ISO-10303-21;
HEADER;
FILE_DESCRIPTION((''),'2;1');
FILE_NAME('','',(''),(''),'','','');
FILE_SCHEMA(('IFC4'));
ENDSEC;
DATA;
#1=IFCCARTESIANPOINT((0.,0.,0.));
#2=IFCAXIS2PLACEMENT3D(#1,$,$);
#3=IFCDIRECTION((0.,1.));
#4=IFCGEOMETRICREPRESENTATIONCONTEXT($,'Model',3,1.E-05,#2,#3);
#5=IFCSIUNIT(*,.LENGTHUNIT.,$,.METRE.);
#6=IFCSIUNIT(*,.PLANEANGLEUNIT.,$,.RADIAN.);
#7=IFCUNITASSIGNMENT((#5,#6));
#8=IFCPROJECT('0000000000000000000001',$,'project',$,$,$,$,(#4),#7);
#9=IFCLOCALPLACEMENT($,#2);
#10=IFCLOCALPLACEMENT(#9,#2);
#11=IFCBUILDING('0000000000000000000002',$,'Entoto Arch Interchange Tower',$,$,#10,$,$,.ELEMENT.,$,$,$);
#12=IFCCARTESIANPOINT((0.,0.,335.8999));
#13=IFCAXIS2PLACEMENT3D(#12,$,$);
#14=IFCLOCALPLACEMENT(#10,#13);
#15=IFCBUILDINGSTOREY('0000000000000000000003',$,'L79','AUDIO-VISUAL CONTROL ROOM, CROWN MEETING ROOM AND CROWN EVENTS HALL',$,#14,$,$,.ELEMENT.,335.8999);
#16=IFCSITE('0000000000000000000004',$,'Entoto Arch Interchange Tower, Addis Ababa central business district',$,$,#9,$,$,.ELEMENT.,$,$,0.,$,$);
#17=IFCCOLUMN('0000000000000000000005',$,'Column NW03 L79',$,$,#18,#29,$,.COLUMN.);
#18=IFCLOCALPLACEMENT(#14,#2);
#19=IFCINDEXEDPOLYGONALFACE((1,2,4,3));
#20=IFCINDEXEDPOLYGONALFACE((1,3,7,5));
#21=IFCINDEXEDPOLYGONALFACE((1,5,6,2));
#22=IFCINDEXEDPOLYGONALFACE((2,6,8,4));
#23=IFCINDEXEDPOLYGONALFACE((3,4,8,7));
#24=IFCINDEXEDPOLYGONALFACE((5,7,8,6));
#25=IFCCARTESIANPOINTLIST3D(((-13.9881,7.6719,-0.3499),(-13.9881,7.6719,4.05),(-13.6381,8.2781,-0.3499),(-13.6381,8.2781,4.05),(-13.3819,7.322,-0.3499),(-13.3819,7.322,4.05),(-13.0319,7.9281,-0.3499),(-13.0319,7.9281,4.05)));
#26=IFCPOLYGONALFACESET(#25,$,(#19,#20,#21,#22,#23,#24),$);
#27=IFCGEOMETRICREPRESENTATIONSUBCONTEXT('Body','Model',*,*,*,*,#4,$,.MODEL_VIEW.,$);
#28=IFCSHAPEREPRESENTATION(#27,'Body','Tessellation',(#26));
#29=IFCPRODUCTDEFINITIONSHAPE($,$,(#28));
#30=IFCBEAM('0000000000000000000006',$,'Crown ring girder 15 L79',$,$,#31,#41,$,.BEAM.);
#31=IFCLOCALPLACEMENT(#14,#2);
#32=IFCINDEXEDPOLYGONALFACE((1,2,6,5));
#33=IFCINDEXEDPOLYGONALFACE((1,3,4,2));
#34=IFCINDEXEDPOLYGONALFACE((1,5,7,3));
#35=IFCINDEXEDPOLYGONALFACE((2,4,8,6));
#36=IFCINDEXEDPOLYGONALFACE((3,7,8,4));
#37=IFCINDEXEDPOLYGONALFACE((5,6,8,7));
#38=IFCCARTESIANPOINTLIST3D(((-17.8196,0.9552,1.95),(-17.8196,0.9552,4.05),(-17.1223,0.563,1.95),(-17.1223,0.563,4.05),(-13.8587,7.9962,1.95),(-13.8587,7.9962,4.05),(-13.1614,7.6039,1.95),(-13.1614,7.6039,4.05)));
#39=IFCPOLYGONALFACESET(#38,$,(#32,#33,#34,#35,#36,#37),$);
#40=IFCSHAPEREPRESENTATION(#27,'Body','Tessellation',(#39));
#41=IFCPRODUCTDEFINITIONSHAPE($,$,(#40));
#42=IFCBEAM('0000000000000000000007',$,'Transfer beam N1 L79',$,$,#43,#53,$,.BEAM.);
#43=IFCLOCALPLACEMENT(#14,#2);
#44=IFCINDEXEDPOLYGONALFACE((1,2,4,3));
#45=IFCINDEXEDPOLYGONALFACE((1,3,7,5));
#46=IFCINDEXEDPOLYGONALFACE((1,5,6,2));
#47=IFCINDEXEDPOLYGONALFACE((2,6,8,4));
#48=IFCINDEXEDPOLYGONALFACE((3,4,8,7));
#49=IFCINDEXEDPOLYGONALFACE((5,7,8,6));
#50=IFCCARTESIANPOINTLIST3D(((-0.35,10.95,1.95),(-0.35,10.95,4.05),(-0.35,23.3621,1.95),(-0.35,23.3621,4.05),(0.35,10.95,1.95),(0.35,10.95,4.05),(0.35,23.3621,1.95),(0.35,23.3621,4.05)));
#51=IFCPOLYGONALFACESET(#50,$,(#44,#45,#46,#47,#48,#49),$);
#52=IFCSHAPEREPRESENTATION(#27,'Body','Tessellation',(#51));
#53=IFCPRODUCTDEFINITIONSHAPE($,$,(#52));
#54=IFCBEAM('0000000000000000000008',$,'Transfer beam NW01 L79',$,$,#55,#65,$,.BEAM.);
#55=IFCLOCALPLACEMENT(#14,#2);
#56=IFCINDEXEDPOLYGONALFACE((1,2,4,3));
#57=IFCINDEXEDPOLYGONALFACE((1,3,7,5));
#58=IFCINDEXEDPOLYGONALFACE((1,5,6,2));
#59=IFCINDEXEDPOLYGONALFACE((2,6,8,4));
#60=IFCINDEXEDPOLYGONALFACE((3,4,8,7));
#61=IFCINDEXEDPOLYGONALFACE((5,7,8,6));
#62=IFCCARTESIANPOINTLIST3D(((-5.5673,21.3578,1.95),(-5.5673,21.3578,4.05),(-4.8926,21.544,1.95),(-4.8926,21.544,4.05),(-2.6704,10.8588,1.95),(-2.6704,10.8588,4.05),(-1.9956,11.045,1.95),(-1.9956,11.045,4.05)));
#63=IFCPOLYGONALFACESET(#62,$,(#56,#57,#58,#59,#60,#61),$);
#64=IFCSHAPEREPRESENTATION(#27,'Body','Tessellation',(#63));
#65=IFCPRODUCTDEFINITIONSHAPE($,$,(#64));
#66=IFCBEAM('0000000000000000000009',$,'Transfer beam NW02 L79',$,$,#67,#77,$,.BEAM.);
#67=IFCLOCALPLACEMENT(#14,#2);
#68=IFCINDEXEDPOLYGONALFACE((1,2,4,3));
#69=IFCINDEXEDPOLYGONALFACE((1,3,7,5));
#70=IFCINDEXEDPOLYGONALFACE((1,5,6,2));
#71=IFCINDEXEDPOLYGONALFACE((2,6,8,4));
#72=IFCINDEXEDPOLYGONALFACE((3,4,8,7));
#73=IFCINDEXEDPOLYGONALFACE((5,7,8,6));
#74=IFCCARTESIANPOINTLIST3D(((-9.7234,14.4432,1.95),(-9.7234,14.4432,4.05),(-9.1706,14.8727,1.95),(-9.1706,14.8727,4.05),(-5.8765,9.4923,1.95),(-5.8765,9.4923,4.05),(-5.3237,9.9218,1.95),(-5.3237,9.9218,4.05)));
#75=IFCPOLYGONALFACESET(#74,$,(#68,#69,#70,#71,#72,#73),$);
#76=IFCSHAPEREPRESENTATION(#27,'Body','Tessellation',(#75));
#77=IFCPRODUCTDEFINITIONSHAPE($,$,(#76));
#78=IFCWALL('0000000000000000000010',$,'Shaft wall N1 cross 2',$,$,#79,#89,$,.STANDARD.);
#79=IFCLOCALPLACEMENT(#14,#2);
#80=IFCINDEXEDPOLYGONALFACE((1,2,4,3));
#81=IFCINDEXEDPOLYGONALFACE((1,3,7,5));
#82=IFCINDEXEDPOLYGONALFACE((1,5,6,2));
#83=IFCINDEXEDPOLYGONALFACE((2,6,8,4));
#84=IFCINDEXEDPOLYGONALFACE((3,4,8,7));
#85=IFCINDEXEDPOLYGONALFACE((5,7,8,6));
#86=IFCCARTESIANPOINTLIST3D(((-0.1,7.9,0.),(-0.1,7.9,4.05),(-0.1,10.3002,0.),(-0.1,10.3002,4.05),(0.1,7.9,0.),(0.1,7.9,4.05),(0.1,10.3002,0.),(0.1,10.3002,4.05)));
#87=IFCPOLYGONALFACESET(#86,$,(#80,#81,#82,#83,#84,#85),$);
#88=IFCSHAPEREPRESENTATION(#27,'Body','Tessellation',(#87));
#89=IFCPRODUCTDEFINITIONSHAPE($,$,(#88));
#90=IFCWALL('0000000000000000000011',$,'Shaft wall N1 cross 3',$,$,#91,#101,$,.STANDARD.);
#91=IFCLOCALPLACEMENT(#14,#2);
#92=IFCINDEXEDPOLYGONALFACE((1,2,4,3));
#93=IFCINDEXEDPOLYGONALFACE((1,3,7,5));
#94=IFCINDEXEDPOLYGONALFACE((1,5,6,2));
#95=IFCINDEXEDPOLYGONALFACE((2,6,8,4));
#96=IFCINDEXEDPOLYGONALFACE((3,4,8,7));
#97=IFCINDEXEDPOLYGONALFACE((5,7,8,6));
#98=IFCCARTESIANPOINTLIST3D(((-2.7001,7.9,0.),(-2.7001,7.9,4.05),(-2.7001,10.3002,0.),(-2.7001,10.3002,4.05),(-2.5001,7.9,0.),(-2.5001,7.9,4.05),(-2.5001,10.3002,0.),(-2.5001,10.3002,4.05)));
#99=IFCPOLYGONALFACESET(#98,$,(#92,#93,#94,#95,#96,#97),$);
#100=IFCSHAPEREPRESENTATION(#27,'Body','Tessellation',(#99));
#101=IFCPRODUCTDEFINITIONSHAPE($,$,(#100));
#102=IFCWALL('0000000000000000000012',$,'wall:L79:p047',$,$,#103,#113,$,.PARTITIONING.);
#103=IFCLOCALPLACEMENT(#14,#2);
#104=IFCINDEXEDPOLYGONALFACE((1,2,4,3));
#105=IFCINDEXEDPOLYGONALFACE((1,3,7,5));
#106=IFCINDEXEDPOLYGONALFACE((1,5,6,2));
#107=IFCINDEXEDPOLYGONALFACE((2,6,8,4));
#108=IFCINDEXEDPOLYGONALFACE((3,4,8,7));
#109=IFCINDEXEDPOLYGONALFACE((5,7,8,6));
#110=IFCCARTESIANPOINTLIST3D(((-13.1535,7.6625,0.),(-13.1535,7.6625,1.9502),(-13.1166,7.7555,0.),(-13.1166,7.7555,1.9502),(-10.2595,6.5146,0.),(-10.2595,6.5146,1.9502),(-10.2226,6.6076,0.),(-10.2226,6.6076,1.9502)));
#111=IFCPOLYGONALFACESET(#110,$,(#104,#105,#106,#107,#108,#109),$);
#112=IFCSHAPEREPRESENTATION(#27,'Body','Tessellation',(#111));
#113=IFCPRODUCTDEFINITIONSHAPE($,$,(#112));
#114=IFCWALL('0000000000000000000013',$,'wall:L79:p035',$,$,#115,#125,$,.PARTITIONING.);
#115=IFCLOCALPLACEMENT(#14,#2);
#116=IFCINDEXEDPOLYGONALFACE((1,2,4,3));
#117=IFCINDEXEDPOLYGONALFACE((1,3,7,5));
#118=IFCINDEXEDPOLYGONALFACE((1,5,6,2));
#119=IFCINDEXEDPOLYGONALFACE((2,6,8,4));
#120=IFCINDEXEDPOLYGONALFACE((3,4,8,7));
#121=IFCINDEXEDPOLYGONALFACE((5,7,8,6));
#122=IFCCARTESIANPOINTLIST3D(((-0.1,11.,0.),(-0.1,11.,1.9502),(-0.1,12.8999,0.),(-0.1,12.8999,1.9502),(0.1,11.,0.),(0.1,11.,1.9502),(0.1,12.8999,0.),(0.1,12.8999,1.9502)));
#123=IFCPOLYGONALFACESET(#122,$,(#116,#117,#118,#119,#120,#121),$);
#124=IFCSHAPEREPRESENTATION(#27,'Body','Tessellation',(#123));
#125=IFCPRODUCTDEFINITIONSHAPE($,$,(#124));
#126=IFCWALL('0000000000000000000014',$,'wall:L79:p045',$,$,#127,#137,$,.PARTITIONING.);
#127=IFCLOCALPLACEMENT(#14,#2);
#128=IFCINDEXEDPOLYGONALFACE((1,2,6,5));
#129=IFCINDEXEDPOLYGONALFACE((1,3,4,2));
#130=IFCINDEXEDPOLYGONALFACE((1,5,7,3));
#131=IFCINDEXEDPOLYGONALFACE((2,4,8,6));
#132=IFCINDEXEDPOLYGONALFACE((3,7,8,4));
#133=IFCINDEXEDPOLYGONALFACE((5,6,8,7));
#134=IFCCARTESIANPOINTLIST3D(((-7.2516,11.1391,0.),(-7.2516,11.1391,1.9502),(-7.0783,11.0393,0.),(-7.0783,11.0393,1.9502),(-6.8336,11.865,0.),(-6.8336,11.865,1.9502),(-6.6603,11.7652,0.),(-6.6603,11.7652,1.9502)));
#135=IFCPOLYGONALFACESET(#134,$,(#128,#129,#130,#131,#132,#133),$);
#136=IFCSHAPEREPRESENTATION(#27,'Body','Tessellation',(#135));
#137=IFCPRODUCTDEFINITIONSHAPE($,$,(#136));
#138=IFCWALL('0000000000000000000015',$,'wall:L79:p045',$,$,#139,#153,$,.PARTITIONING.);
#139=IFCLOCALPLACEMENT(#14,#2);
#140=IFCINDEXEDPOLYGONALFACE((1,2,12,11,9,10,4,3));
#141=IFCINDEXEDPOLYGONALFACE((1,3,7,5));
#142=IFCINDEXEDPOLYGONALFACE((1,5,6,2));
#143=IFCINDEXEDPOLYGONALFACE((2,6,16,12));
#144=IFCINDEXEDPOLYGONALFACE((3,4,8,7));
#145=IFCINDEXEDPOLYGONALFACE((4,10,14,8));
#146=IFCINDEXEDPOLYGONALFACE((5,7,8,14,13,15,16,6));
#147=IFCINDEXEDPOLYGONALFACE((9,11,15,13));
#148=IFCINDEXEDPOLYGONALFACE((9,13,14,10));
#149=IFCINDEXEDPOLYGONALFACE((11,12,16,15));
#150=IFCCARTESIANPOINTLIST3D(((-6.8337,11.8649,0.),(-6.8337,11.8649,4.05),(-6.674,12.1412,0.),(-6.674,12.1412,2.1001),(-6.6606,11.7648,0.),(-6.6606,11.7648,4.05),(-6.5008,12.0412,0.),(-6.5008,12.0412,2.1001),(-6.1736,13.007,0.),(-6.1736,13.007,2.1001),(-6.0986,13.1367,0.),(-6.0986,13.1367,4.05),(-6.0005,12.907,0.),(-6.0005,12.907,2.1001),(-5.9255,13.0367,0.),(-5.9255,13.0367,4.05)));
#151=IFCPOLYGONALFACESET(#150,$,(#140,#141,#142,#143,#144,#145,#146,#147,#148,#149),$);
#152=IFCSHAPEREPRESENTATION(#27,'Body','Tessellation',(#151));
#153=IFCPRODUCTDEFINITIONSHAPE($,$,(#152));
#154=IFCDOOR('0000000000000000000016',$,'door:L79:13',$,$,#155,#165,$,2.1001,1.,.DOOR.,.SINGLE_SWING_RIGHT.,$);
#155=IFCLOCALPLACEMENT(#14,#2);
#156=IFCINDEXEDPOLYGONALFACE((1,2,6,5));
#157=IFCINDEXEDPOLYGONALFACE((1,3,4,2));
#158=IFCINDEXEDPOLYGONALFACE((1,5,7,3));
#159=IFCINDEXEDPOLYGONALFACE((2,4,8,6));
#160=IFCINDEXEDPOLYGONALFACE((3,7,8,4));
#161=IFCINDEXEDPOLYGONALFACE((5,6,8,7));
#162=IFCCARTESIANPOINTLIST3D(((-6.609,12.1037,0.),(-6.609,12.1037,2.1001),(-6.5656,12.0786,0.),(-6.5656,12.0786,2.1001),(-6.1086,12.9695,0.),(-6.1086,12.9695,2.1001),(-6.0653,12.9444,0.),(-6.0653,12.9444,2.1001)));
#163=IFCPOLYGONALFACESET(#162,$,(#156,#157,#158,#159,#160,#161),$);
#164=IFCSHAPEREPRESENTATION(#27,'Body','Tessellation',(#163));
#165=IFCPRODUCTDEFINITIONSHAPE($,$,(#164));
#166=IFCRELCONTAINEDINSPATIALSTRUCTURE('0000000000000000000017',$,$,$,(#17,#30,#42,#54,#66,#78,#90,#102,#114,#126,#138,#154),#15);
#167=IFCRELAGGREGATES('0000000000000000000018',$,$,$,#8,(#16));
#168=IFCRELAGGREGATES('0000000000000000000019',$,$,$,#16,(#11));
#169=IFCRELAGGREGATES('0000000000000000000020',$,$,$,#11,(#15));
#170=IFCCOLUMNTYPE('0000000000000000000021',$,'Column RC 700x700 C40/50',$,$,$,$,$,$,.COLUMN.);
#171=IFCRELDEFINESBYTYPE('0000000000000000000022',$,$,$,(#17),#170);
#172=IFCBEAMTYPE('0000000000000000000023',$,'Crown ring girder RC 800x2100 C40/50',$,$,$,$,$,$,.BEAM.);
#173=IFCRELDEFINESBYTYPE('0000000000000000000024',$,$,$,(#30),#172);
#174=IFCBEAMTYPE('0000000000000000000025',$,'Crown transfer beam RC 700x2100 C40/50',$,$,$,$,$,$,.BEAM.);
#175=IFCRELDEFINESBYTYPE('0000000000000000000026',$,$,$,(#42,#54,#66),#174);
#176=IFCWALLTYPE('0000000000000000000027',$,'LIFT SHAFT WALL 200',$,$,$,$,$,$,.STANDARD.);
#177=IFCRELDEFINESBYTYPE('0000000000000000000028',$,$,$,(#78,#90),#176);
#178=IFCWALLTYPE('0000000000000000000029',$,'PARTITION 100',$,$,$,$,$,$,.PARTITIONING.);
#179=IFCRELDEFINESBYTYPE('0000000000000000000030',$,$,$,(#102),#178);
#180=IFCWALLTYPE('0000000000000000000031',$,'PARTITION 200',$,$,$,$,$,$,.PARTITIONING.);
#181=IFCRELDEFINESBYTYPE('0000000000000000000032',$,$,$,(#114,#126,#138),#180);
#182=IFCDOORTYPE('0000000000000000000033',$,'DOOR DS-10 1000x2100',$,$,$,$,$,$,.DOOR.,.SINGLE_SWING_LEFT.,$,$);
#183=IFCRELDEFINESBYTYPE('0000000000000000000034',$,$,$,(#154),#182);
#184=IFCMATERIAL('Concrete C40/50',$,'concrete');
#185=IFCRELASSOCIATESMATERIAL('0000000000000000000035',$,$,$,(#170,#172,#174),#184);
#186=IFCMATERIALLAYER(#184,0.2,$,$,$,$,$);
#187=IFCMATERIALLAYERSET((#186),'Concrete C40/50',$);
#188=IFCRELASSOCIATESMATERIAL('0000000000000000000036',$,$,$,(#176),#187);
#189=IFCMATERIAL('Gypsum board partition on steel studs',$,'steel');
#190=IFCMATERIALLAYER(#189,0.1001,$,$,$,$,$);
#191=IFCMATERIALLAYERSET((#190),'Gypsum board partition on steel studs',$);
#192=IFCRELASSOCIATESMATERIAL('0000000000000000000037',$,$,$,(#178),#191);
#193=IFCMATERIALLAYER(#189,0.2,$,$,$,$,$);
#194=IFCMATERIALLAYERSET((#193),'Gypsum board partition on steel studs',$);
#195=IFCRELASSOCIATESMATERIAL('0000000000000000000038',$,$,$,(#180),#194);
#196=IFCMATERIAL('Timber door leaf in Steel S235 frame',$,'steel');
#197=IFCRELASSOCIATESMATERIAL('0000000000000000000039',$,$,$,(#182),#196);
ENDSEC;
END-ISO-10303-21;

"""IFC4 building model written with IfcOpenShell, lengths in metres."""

from ifc_helpers import new_model, si_unit, direction, frame, frame_2d, origin, origin_2d, place, context, subcontext, project, spatial, rectangle, extrude, material, layer, layer_set, material_profile, profile_set, type_object, element, fill, save


model = new_model("IFC4")

# Units and contexts
model_context = context("Model", 3, precision=1e-05, world=origin(), true_north=direction((0.0, 1.0)))
body_context = subcontext(model_context, "Body", "Model", "MODEL_VIEW")
ifc_project = project(units=[si_unit("LENGTHUNIT", "METRE"), si_unit("PLANEANGLEUNIT", "RADIAN")], contexts=[model_context])

# Site, building, storey
site_placement = place(None, origin())
site = spatial("IfcSite", under=ifc_project, at=site_placement, Name="Entoto Arch Interchange Tower, Addis Ababa central business district", CompositionType="ELEMENT", RefElevation=0.0)
building_placement = place(site_placement, origin())
building = spatial("IfcBuilding", under=site, at=building_placement, Name="Entoto Arch Interchange Tower", CompositionType="ELEMENT")
storey_placement = place(building_placement, frame((0.0, 0.0, 335.8999)))
storey = spatial("IfcBuildingStorey", under=building, at=storey_placement, Name="L79", Description="AUDIO-VISUAL CONTROL ROOM, CROWN MEETING ROOM AND CROWN EVENTS HALL", CompositionType="ELEMENT", Elevation=335.8999)

# Column
ifc_material_1 = material(Name="Concrete C40/50", Category="concrete")
ifc_material_profile_1 = material_profile(ifc_material_1, rectangle(XDim=0.7, YDim=0.7, at=origin_2d()))
ifc_profile_set_1 = profile_set([ifc_material_profile_1], Name="Concrete C40/50")
column_type = type_object("IfcColumnType", Name="Column RC 700x700 C40/50", PredefinedType="COLUMN", material=ifc_profile_set_1)
column_placement = place(storey_placement, frame((-13.51, 7.8, -0.3499), z_axis=(0.0, 0.0, 1.0), x_axis=(0.5, 0.866025, 0.0)))
element("IfcColumn", 1, at=column_placement, inside=storey, type_object=column_type, Name="Column NW03 L79", PredefinedType="COLUMN", context=body_context, shape_type="SweptSolid", body=[
    extrude(rectangle(XDim=0.7, YDim=0.7, at=origin_2d()), origin(), (0.0, 0.0, 1.0), 4.3999),
])

# Beams
ifc_material_profile_2 = material_profile(ifc_material_1, rectangle(XDim=0.8, YDim=2.1001, at=origin_2d()))
ifc_profile_set_2 = profile_set([ifc_material_profile_2], Name="Concrete C40/50")
beam_type_1 = type_object("IfcBeamType", Name="Crown ring girder RC 800x2100 C40/50", PredefinedType="BEAM", material=ifc_profile_set_2)
beam_1_placement = place(storey_placement, frame((-13.51, 7.8, 3.0), z_axis=(-0.490296, -0.871556, 0.0), x_axis=(0.871556, -0.490296, 0.0)))
element("IfcBeam", 2, at=beam_1_placement, inside=storey, type_object=beam_type_1, Name="Crown ring girder 15 L79", PredefinedType="BEAM", context=body_context, shape_type="SweptSolid", body=[
    extrude(rectangle(XDim=0.8, YDim=2.1001, at=origin_2d()), origin(), (0.0, 0.0, 1.0), 8.0786),
])
ifc_material_profile_3 = material_profile(ifc_material_1, rectangle(XDim=0.7, YDim=2.1001, at=origin_2d()))
ifc_profile_set_3 = profile_set([ifc_material_profile_3], Name="Concrete C40/50")
beam_type_2 = type_object("IfcBeamType", Name="Crown transfer beam RC 700x2100 C40/50", PredefinedType="BEAM", material=ifc_profile_set_3)
beam_2_placement = place(storey_placement, frame((0.0, 10.95, 3.0), z_axis=(0.0, 1.0, 0.0), x_axis=(-1.0, 0.0, 0.0)))
element("IfcBeam", 3, at=beam_2_placement, inside=storey, type_object=beam_type_2, Name="Transfer beam N1 L79", PredefinedType="BEAM", context=body_context, shape_type="SweptSolid", body=[
    extrude(rectangle(XDim=0.7, YDim=2.1001, at=origin_2d()), origin(), (0.0, 0.0, 1.0), 12.4121),
])
beam_3_placement = place(storey_placement, frame((-2.333, 10.9519, 3.0), z_axis=(-0.265988, 0.963976, 0.0), x_axis=(-0.963976, -0.265988, 0.0)))
element("IfcBeam", 4, at=beam_3_placement, inside=storey, type_object=beam_type_2, Name="Transfer beam NW01 L79", PredefinedType="BEAM", context=body_context, shape_type="SweptSolid", body=[
    extrude(rectangle(XDim=0.7, YDim=2.1001, at=origin_2d()), origin(), (0.0, 0.0, 1.0), 10.8914),
])
beam_4_placement = place(storey_placement, frame((-5.6001, 9.707, 3.0), z_axis=(-0.613563, 0.789646, 0.0), x_axis=(-0.789646, -0.613563, 0.0)))
element("IfcBeam", 5, at=beam_4_placement, inside=storey, type_object=beam_type_2, Name="Transfer beam NW02 L79", PredefinedType="BEAM", context=body_context, shape_type="SweptSolid", body=[
    extrude(rectangle(XDim=0.7, YDim=2.1001, at=origin_2d()), origin(), (0.0, 0.0, 1.0), 6.2698),
])

# Walls
ifc_layer_1 = layer(ifc_material_1, 0.2)
ifc_layer_set_1 = layer_set([ifc_layer_1], Name="Concrete C40/50")
wall_type_1 = type_object("IfcWallType", Name="LIFT SHAFT WALL 200", PredefinedType="STANDARD", material=ifc_layer_set_1)
for number, where, z_axis, x_axis, name in (
    (6, (0.0, 7.8999, 0.0), (0.0, 0.0, 1.0), (0.0, 1.0, 0.0), "Shaft wall N1 cross 2"),
    (7, (-2.6001, 7.8999, 0.0), (0.0, 0.0, 1.0), (0.0, 1.0, 0.0), "Shaft wall N1 cross 3"),
):
    element("IfcWall", number, at=place(storey_placement, frame(where, z_axis=z_axis, x_axis=x_axis)), inside=storey, type_object=wall_type_1, Name=name, PredefinedType="STANDARD", context=body_context, shape_type="SweptSolid", body=[
        extrude(rectangle(XDim=2.4001, YDim=0.2, at=frame_2d((1.2002, 0.0))), origin(), (0.0, 0.0, 1.0), 4.05),
    ])
ifc_material_2 = material(Name="Gypsum board partition on steel studs", Category="steel")
ifc_layer_2 = layer(ifc_material_2, 0.1001)
ifc_layer_set_2 = layer_set([ifc_layer_2], Name="Gypsum board partition on steel studs")
wall_type_2 = type_object("IfcWallType", Name="PARTITION 100", PredefinedType="PARTITIONING", material=ifc_layer_set_2)
wall_1_placement = place(storey_placement, frame((-13.135, 7.709, 0.0), z_axis=(0.0, 0.0, 1.0), x_axis=(0.929544, -0.368712, 0.0)))
element("IfcWall", 8, at=wall_1_placement, inside=storey, type_object=wall_type_2, Name="wall:L79:p047", PredefinedType="PARTITIONING", context=body_context, shape_type="SweptSolid", body=[
    extrude(rectangle(XDim=3.1133, YDim=0.1001, at=frame_2d((1.5566, 0.0))), origin(), (0.0, 0.0, 1.0), 1.9502),
])
ifc_layer_3 = layer(ifc_material_2, 0.2)
ifc_layer_set_3 = layer_set([ifc_layer_3], Name="Gypsum board partition on steel studs")
wall_type_3 = type_object("IfcWallType", Name="PARTITION 200", PredefinedType="PARTITIONING", material=ifc_layer_set_3)
wall_2_placement = place(storey_placement, frame((0.0, 11.0, 0.0), z_axis=(0.0, 0.0, 1.0), x_axis=(0.0, 1.0, 0.0)))
element("IfcWall", 9, at=wall_2_placement, inside=storey, type_object=wall_type_3, Name="wall:L79:p035", PredefinedType="PARTITIONING", context=body_context, shape_type="SweptSolid", body=[
    extrude(rectangle(XDim=1.8999, YDim=0.2, at=frame_2d((0.95, 0.0))), origin(), (0.0, 0.0, 1.0), 1.9502),
])
wall_3_placement = place(storey_placement, frame((-7.165, 11.0891, 0.0), z_axis=(0.0, 0.0, 1.0), x_axis=(0.499024, 0.866588, 0.0)))
element("IfcWall", 10, at=wall_3_placement, inside=storey, type_object=wall_type_3, Name="wall:L79:p045", PredefinedType="PARTITIONING", context=body_context, shape_type="SweptSolid", body=[
    extrude(rectangle(XDim=0.8376, YDim=0.2, at=frame_2d((0.4189, 0.0))), origin(), (0.0, 0.0, 1.0), 1.9502),
])

# Wall, opening, door
wall_4_placement = place(storey_placement, frame((-6.7471, 11.8149, 0.0), z_axis=(0.0, 0.0, 1.0), x_axis=(0.500374, 0.865809, 0.0)))
wall_4 = element("IfcWall", 11, at=wall_4_placement, inside=storey, type_object=wall_type_3, Name="wall:L79:p045", PredefinedType="PARTITIONING", context=body_context, shape_type="SweptSolid", body=[
    extrude(rectangle(XDim=1.469, YDim=0.2, at=frame_2d((0.7344, 0.0))), origin(), (0.0, 0.0, 1.0), 4.05),
])
opening_1_placement = place(wall_4_placement, frame((0.3191, 0.0, 0.0)))
opening_1 = element("IfcOpeningElement", 12, at=opening_1_placement, cuts=wall_4, PredefinedType="OPENING", context=body_context, shape_type="SweptSolid", body=[
    extrude(rectangle(XDim=1.0, YDim=2.1001, at=frame_2d((0.5, 1.05))), frame((0.0, 0.1099, 0.0), z_axis=(0.0, -1.0, 0.0), x_axis=(1.0, 0.0, 0.0)), (0.0, 0.0, 1.0), 0.22),
])
ifc_material_3 = material(Name="Timber door leaf in Steel S235 frame", Category="steel")
door_type_1 = type_object("IfcDoorType", Name="DOOR DS-10 1000x2100", OperationType="SINGLE_SWING_LEFT", PredefinedType="DOOR", material=ifc_material_3)
door_1_placement = place(opening_1_placement, origin())
door_1 = element("IfcDoor", 13, at=door_1_placement, inside=storey, type_object=door_type_1, Name="door:L79:13", OperationType="SINGLE_SWING_RIGHT", OverallHeight=2.1001, OverallWidth=1.0, PredefinedType="DOOR", context=body_context, shape_type="SweptSolid", body=[
    extrude(rectangle(XDim=1.0, YDim=2.1001, at=frame_2d((0.5, 1.05))), frame((0.0, 0.0249, 0.0), z_axis=(0.0, -1.0, 0.0), x_axis=(1.0, 0.0, 0.0)), (0.0, 0.0, 1.0), 0.05),
])
fill(opening_1, door_1)

save(model, "model.ifc")
